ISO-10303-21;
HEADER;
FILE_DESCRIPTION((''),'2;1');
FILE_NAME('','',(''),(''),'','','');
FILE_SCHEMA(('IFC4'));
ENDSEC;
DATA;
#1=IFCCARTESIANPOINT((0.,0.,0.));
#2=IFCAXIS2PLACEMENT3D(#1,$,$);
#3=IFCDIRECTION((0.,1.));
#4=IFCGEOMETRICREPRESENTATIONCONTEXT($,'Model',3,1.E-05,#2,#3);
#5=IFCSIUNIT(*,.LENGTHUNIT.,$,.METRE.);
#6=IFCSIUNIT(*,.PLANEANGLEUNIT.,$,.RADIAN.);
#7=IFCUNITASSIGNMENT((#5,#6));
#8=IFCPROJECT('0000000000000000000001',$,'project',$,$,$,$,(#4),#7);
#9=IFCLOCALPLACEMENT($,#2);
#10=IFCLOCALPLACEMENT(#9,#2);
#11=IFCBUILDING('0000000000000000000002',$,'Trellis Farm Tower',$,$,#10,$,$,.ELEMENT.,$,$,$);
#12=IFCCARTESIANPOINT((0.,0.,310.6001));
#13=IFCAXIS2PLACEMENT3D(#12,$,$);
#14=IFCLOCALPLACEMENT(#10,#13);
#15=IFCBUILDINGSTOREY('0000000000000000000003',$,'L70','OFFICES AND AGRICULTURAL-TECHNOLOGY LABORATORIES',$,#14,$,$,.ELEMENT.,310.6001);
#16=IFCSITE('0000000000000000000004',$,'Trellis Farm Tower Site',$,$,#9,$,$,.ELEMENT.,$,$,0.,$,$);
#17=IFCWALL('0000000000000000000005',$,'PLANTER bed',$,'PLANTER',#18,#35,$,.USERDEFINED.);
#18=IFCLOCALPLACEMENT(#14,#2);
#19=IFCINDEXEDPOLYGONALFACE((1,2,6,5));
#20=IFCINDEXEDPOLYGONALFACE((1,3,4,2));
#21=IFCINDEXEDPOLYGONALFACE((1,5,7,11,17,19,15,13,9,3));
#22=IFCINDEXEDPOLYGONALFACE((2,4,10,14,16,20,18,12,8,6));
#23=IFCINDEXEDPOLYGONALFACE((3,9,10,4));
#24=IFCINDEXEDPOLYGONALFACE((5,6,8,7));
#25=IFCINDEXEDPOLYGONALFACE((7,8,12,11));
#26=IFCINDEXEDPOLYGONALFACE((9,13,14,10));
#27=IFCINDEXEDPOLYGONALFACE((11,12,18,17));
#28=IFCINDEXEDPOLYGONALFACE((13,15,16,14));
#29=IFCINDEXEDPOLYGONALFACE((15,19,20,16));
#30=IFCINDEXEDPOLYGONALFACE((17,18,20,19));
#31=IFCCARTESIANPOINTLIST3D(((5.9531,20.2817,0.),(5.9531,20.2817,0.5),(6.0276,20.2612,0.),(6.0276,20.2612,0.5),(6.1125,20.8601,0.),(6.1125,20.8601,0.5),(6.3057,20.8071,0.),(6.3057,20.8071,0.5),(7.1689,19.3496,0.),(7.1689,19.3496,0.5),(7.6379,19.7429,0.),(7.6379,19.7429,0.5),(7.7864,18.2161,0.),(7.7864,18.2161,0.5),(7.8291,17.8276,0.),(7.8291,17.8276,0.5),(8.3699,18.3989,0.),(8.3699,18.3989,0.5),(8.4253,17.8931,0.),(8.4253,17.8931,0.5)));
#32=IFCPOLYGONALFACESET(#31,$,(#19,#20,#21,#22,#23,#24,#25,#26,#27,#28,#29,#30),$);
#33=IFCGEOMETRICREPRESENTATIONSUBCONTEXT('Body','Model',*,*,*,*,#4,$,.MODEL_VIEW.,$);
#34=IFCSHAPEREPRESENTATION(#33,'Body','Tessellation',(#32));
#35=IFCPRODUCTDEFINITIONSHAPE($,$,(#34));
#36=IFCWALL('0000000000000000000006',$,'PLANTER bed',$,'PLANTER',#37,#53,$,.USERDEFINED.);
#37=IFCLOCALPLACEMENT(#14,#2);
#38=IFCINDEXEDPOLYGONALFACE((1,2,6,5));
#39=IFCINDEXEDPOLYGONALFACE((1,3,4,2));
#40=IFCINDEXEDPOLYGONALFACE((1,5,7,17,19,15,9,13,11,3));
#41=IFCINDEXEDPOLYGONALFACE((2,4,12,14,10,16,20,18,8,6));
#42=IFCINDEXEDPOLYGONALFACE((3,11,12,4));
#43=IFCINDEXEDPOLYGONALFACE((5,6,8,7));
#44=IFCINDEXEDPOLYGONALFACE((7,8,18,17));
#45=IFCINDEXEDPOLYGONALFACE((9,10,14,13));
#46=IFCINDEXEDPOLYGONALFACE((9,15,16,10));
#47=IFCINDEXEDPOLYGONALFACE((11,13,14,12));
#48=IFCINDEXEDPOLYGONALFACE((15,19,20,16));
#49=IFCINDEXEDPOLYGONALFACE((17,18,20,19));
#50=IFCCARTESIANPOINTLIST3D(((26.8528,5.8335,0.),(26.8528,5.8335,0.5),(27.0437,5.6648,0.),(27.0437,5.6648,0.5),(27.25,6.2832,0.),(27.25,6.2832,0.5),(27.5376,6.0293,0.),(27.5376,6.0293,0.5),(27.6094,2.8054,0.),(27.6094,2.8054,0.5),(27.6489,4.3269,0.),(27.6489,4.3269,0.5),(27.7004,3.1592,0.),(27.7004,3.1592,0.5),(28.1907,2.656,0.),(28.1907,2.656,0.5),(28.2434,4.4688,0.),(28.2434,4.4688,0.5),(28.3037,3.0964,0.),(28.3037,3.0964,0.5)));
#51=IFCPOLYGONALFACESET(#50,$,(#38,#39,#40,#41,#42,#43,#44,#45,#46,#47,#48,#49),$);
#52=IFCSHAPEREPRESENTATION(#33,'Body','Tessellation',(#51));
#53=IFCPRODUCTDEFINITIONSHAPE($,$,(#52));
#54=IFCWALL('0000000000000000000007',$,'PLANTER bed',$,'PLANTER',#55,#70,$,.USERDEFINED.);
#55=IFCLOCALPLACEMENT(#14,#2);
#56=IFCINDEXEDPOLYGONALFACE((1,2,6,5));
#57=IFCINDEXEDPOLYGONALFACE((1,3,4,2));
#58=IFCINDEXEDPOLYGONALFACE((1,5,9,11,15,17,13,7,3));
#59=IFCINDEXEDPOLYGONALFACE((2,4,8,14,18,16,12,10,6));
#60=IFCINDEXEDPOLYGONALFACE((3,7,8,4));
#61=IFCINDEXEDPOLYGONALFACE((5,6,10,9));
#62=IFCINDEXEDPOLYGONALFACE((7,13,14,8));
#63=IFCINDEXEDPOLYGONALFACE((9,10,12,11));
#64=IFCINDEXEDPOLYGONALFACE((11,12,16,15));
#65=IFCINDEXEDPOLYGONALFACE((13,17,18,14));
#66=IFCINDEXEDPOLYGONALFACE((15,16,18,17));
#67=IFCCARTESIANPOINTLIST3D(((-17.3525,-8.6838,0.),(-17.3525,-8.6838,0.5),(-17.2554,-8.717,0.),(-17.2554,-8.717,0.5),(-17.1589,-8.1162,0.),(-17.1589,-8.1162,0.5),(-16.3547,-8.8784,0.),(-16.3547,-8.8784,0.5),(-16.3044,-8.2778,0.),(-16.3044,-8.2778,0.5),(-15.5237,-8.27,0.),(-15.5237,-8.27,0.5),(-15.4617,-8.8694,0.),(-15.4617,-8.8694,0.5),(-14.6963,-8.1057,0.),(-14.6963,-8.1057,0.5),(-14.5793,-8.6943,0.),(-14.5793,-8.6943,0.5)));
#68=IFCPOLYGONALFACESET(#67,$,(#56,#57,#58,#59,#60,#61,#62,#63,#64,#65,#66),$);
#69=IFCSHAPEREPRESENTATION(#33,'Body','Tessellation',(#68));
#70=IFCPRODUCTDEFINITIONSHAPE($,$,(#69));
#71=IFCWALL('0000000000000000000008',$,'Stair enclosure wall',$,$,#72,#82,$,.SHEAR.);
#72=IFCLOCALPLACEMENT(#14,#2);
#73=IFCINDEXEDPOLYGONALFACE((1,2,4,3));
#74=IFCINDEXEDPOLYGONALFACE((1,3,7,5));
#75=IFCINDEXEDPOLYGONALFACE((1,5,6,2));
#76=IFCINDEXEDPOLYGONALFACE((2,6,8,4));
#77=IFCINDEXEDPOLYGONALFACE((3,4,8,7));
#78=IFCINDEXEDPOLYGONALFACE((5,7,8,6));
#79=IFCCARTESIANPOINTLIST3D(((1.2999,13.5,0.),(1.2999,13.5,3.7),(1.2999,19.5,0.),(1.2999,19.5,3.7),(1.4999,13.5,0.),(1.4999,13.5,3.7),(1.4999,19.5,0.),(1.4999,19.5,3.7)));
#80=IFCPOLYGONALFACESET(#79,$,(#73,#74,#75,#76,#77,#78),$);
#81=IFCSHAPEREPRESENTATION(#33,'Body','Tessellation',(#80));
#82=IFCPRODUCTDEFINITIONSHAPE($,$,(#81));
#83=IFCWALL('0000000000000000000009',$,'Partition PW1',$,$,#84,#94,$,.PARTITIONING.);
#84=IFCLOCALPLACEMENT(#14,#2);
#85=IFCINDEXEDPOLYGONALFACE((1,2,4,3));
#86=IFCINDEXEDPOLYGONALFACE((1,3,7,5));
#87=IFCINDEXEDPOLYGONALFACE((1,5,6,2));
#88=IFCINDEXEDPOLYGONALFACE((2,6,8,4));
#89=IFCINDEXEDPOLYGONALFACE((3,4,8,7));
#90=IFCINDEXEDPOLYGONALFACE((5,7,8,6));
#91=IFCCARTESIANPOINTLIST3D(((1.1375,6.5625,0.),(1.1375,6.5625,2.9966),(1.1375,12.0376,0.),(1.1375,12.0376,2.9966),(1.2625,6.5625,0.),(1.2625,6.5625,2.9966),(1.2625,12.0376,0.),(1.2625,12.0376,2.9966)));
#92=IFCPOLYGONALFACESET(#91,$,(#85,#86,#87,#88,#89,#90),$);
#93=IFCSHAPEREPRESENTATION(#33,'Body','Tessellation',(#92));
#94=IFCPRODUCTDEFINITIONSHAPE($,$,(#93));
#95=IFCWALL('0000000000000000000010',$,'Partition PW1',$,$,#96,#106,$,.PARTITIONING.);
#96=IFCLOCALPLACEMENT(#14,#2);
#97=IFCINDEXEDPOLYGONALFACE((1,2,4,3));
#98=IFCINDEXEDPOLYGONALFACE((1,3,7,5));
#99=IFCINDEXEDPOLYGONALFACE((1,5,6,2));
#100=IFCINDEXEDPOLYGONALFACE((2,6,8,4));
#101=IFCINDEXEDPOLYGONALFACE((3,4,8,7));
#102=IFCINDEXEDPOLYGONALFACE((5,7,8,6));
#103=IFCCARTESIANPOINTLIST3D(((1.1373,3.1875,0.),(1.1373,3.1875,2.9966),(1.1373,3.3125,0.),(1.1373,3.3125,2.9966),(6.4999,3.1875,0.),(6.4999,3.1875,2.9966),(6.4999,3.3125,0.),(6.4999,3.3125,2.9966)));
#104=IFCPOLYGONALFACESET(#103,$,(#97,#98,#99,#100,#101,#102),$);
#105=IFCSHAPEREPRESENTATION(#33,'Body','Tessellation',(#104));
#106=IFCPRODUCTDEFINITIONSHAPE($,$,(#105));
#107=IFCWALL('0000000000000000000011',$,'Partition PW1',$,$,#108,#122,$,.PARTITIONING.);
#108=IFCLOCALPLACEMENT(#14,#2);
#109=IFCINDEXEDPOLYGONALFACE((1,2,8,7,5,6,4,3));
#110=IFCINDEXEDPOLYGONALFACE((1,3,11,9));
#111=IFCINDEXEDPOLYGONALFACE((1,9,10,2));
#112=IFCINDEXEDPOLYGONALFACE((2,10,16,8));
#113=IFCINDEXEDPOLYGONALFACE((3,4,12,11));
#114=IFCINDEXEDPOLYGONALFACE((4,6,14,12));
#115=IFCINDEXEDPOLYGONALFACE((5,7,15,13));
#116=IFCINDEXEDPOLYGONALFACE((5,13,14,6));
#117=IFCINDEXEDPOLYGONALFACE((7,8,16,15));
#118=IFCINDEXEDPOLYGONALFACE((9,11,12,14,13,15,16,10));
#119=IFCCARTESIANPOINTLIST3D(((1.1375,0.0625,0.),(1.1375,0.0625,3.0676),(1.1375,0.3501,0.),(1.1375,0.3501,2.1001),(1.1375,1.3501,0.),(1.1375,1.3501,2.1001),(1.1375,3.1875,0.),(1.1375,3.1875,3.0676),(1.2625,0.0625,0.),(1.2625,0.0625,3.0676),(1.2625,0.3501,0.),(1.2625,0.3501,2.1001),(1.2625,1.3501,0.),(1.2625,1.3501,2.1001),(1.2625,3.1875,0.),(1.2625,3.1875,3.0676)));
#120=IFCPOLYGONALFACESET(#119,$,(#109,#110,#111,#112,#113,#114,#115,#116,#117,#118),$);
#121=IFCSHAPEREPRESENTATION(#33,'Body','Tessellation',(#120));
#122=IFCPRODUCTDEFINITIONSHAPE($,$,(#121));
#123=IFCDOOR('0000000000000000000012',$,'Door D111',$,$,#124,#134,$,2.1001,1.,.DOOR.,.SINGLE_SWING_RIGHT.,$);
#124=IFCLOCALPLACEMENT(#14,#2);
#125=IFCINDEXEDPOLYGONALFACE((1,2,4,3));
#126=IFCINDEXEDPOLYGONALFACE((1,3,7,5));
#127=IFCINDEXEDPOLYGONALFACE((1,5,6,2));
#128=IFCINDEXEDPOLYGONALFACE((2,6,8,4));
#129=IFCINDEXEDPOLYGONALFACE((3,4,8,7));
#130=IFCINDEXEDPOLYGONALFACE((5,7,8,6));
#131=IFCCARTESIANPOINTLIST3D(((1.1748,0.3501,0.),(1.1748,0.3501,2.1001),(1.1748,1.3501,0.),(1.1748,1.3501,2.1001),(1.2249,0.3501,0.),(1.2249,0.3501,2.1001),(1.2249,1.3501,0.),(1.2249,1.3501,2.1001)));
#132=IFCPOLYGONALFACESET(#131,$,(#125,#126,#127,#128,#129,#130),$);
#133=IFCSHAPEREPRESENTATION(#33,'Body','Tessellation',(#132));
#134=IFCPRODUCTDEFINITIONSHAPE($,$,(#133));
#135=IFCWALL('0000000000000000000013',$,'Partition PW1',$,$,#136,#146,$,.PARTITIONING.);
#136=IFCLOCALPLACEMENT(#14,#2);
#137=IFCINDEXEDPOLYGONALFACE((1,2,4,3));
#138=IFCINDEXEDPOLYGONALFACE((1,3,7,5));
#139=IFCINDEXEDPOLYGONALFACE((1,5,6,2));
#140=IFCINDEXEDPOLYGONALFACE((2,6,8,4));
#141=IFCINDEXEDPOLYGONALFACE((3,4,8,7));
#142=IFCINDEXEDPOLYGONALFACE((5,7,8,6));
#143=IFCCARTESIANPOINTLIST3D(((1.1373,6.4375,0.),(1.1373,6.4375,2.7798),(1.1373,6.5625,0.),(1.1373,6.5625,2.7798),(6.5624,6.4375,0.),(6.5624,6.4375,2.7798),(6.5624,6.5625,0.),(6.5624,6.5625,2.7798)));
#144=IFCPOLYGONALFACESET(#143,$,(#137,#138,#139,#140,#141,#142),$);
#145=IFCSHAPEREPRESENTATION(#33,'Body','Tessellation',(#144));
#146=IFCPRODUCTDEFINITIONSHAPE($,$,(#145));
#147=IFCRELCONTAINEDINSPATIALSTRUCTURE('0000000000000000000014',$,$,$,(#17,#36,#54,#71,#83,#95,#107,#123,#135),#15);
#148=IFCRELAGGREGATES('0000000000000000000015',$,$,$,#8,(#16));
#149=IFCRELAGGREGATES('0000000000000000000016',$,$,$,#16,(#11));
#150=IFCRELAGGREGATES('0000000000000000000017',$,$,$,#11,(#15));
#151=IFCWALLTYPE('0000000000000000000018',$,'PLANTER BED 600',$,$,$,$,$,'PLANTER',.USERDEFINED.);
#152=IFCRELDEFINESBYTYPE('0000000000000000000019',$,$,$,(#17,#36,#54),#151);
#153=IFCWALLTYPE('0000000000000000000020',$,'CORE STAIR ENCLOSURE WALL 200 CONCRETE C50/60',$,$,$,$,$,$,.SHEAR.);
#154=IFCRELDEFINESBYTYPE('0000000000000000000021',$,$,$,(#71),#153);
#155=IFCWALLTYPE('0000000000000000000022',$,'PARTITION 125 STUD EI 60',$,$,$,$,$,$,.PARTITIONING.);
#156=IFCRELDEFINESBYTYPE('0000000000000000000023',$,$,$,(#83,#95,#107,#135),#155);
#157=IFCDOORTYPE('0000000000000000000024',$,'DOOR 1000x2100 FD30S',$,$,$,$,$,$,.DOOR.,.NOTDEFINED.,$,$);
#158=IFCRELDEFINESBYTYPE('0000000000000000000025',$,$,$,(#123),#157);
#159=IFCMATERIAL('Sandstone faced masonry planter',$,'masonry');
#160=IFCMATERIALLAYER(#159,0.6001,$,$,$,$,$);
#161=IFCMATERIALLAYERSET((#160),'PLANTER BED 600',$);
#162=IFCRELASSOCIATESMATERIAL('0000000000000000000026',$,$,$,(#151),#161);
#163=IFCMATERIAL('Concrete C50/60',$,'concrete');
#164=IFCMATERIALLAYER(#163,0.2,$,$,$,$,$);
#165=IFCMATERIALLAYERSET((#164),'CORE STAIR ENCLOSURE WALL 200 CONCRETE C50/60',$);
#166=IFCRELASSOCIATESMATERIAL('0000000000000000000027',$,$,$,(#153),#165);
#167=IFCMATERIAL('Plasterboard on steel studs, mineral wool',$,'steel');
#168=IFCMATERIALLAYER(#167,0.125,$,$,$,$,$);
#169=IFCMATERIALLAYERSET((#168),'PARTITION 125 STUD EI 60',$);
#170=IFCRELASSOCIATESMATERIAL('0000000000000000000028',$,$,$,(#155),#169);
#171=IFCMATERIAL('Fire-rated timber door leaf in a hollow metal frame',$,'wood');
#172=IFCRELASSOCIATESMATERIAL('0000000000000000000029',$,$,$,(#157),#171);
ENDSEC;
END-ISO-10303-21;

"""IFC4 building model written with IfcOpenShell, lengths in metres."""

from ifc_helpers import new_model, si_unit, direction, frame, frame_2d, origin, place, context, subcontext, project, spatial, polyline, rectangle, outline, extrude, source, transform, mapped, material, layer, layer_set, type_object, element, fill, save


model = new_model("IFC4")

# Units and contexts
model_context = context("Model", 3, precision=1e-05, world=origin(), true_north=direction((0.0, 1.0)))
body_context = subcontext(model_context, "Body", "Model", "MODEL_VIEW")
ifc_project = project(units=[si_unit("LENGTHUNIT", "METRE"), si_unit("PLANEANGLEUNIT", "RADIAN")], contexts=[model_context])

# Site, building, storey
site_placement = place(None, origin())
site = spatial("IfcSite", under=ifc_project, at=site_placement, Name="Trellis Farm Tower Site", CompositionType="ELEMENT", RefElevation=0.0)
building_placement = place(site_placement, origin())
building = spatial("IfcBuilding", under=site, at=building_placement, Name="Trellis Farm Tower", CompositionType="ELEMENT")
storey_placement = place(building_placement, frame((0.0, 0.0, 310.6001)))
storey = spatial("IfcBuildingStorey", under=building, at=storey_placement, Name="L70", Description="OFFICES AND AGRICULTURAL-TECHNOLOGY LABORATORIES", CompositionType="ELEMENT", Elevation=310.6001)

# Shared definitions
placement_1 = place(storey_placement, origin())

# Walls
ifc_material_1 = material(Name="Sandstone faced masonry planter", Category="masonry")
ifc_layer_1 = layer(ifc_material_1, 0.6001)
ifc_layer_set_1 = layer_set([ifc_layer_1], Name="PLANTER BED 600")
wall_type_1 = type_object("IfcWallType", Name="PLANTER BED 600", ElementType="PLANTER", PredefinedType="USERDEFINED", material=ifc_layer_set_1)
element("IfcWall", 1, at=placement_1, inside=storey, type_object=wall_type_1, Name="PLANTER bed", ObjectType="PLANTER", PredefinedType="USERDEFINED", context=body_context, shape_type="SweptSolid", body=[
    extrude(outline(polyline([(6.3057, 20.8071), (7.6379, 19.7429), (8.3699, 18.3989), (8.4253, 17.8931), (7.8291, 17.8276), (7.7864, 18.2161), (7.1689, 19.3496), (6.0276, 20.2612), (5.9531, 20.2817), (6.1125, 20.8601), (6.3057, 20.8071)])), origin(), (0.0, 0.0, 1.0), 0.5),
])
element("IfcWall", 2, at=placement_1, inside=storey, type_object=wall_type_1, Name="PLANTER bed", ObjectType="PLANTER", PredefinedType="USERDEFINED", context=body_context, shape_type="SweptSolid", body=[
    extrude(outline(polyline([(28.2434, 4.4688), (28.3037, 3.0964), (28.1907, 2.656), (27.6094, 2.8054), (27.7004, 3.1592), (27.6489, 4.3269), (27.0437, 5.6648), (26.8528, 5.8335), (27.25, 6.2832), (27.5376, 6.0293), (28.2434, 4.4688)])), origin(), (0.0, 0.0, 1.0), 0.5),
])
element("IfcWall", 3, at=placement_1, inside=storey, type_object=wall_type_1, Name="PLANTER bed", ObjectType="PLANTER", PredefinedType="USERDEFINED", context=body_context, shape_type="SweptSolid", body=[
    extrude(outline(polyline([(-16.3547, -8.8784), (-17.2554, -8.717), (-17.3525, -8.6838), (-17.1589, -8.1162), (-16.3044, -8.2778), (-15.5237, -8.27), (-14.6963, -8.1057), (-14.5793, -8.6943), (-15.4617, -8.8694), (-16.3547, -8.8784)])), origin(), (0.0, 0.0, 1.0), 0.5),
])
ifc_material_2 = material(Name="Concrete C50/60", Category="concrete")
ifc_layer_2 = layer(ifc_material_2, 0.2)
ifc_layer_set_2 = layer_set([ifc_layer_2], Name="CORE STAIR ENCLOSURE WALL 200 CONCRETE C50/60")
wall_type_2 = type_object("IfcWallType", Name="CORE STAIR ENCLOSURE WALL 200 CONCRETE C50/60", PredefinedType="SHEAR", material=ifc_layer_set_2)
shared_shape_1 = source(origin(), body_context, "Body", "SweptSolid", [
    extrude(rectangle(XDim=6.0, YDim=0.2, at=frame_2d((3.0, 0.0))), origin(), (0.0, 0.0, 1.0), 3.7),
])
wall_1_placement = place(storey_placement, frame((1.3999, 13.5, 0.0), z_axis=(0.0, 0.0, 1.0), x_axis=(0.0, 1.0, 0.0)))
element("IfcWall", 4, at=wall_1_placement, inside=storey, type_object=wall_type_2, Name="Stair enclosure wall", PredefinedType="SHEAR", context=body_context, shape_type="MappedRepresentation", body=[
    mapped(shared_shape_1, transform((0.0, 0.0, 0.0))),
])
ifc_material_3 = material(Name="Plasterboard on steel studs, mineral wool", Category="steel")
ifc_layer_3 = layer(ifc_material_3, 0.125)
ifc_layer_set_3 = layer_set([ifc_layer_3], Name="PARTITION 125 STUD EI 60")
wall_type_3 = type_object("IfcWallType", Name="PARTITION 125 STUD EI 60", PredefinedType="PARTITIONING", material=ifc_layer_set_3)
shared_shape_2 = source(origin(), body_context, "Body", "SweptSolid", [
    extrude(rectangle(XDim=5.4751, YDim=0.125, at=frame_2d((2.7375, 0.0))), origin(), (0.0, 0.0, 1.0), 2.9966),
])
wall_2_placement = place(storey_placement, frame((1.2, 12.0376, 0.0), z_axis=(0.0, 0.0, 1.0), x_axis=(0.0, -1.0, 0.0)))
element("IfcWall", 5, at=wall_2_placement, inside=storey, type_object=wall_type_3, Name="Partition PW1", PredefinedType="PARTITIONING", context=body_context, shape_type="MappedRepresentation", body=[
    mapped(shared_shape_2, transform((0.0, 0.0, 0.0))),
])
shared_shape_3 = source(origin(), body_context, "Body", "SweptSolid", [
    extrude(rectangle(XDim=5.3625, YDim=0.125, at=frame_2d((2.6812, 0.0))), origin(), (0.0, 0.0, 1.0), 2.9966),
])
wall_3_placement = place(storey_placement, frame((1.1375, 3.25, 0.0), z_axis=(0.0, 0.0, 1.0), x_axis=(1.0, 0.0, 0.0)))
element("IfcWall", 6, at=wall_3_placement, inside=storey, type_object=wall_type_3, Name="Partition PW1", PredefinedType="PARTITIONING", context=body_context, shape_type="MappedRepresentation", body=[
    mapped(shared_shape_3, transform((0.0, 0.0, 0.0))),
])

# Wall, opening, door
shared_shape_4 = source(origin(), body_context, "Body", "SweptSolid", [
    extrude(rectangle(XDim=3.125, YDim=0.125, at=frame_2d((1.5625, 0.0))), origin(), (0.0, 0.0, 1.0), 3.0676),
])
wall_4_placement = place(storey_placement, frame((1.2, 3.1875, 0.0), z_axis=(0.0, 0.0, 1.0), x_axis=(0.0, -1.0, 0.0)))
wall_4 = element("IfcWall", 7, at=wall_4_placement, inside=storey, type_object=wall_type_3, Name="Partition PW1", PredefinedType="PARTITIONING", context=body_context, shape_type="MappedRepresentation", body=[
    mapped(shared_shape_4, transform((0.0, 0.0, 0.0))),
])
shared_shape_5 = source(origin(), body_context, "Body", "SweptSolid", [
    extrude(rectangle(XDim=1.0, YDim=2.1001, at=frame_2d((0.5, 1.05))), frame((0.0, 0.0725, 0.0), z_axis=(0.0, -1.0, 0.0), x_axis=(1.0, 0.0, 0.0)), (0.0, 0.0, 1.0), 0.145),
])
opening_placement = place(wall_4_placement, frame((1.8374, 0.0, 0.0)))
opening = element("IfcOpeningElement", 8, at=opening_placement, cuts=wall_4, PredefinedType="OPENING", context=body_context, shape_type="MappedRepresentation", body=[
    mapped(shared_shape_5, transform((0.0, 0.0, 0.0))),
])
ifc_material_4 = material(Name="Fire-rated timber door leaf in a hollow metal frame", Category="wood")
door_type = type_object("IfcDoorType", Name="DOOR 1000x2100 FD30S", OperationType="NOTDEFINED", PredefinedType="DOOR", material=ifc_material_4)
shared_shape_6 = source(origin(), body_context, "Body", "SweptSolid", [
    extrude(rectangle(XDim=1.0, YDim=2.1001, at=frame_2d((0.5, 1.05))), frame((0.0, 0.0249, 0.0), z_axis=(0.0, -1.0, 0.0), x_axis=(1.0, 0.0, 0.0)), (0.0, 0.0, 1.0), 0.05),
])
door_placement = place(opening_placement, origin())
door = element("IfcDoor", 9, at=door_placement, inside=storey, type_object=door_type, Name="Door D111", OperationType="SINGLE_SWING_RIGHT", OverallHeight=2.1001, OverallWidth=1.0, PredefinedType="DOOR", context=body_context, shape_type="MappedRepresentation", body=[
    mapped(shared_shape_6, transform((0.0, 0.0, 0.0))),
])
fill(opening, door)

# Wall
shared_shape_7 = source(origin(), body_context, "Body", "SweptSolid", [
    extrude(rectangle(XDim=5.425, YDim=0.125, at=frame_2d((2.7124, 0.0))), origin(), (0.0, 0.0, 1.0), 2.7798),
])
wall_5_placement = place(storey_placement, frame((1.1375, 6.5, 0.0), z_axis=(0.0, 0.0, 1.0), x_axis=(1.0, 0.0, 0.0)))
element("IfcWall", 10, at=wall_5_placement, inside=storey, type_object=wall_type_3, Name="Partition PW1", PredefinedType="PARTITIONING", context=body_context, shape_type="MappedRepresentation", body=[
    mapped(shared_shape_7, transform((0.0, 0.0, 0.0))),
])

save(model, "model.ifc")
